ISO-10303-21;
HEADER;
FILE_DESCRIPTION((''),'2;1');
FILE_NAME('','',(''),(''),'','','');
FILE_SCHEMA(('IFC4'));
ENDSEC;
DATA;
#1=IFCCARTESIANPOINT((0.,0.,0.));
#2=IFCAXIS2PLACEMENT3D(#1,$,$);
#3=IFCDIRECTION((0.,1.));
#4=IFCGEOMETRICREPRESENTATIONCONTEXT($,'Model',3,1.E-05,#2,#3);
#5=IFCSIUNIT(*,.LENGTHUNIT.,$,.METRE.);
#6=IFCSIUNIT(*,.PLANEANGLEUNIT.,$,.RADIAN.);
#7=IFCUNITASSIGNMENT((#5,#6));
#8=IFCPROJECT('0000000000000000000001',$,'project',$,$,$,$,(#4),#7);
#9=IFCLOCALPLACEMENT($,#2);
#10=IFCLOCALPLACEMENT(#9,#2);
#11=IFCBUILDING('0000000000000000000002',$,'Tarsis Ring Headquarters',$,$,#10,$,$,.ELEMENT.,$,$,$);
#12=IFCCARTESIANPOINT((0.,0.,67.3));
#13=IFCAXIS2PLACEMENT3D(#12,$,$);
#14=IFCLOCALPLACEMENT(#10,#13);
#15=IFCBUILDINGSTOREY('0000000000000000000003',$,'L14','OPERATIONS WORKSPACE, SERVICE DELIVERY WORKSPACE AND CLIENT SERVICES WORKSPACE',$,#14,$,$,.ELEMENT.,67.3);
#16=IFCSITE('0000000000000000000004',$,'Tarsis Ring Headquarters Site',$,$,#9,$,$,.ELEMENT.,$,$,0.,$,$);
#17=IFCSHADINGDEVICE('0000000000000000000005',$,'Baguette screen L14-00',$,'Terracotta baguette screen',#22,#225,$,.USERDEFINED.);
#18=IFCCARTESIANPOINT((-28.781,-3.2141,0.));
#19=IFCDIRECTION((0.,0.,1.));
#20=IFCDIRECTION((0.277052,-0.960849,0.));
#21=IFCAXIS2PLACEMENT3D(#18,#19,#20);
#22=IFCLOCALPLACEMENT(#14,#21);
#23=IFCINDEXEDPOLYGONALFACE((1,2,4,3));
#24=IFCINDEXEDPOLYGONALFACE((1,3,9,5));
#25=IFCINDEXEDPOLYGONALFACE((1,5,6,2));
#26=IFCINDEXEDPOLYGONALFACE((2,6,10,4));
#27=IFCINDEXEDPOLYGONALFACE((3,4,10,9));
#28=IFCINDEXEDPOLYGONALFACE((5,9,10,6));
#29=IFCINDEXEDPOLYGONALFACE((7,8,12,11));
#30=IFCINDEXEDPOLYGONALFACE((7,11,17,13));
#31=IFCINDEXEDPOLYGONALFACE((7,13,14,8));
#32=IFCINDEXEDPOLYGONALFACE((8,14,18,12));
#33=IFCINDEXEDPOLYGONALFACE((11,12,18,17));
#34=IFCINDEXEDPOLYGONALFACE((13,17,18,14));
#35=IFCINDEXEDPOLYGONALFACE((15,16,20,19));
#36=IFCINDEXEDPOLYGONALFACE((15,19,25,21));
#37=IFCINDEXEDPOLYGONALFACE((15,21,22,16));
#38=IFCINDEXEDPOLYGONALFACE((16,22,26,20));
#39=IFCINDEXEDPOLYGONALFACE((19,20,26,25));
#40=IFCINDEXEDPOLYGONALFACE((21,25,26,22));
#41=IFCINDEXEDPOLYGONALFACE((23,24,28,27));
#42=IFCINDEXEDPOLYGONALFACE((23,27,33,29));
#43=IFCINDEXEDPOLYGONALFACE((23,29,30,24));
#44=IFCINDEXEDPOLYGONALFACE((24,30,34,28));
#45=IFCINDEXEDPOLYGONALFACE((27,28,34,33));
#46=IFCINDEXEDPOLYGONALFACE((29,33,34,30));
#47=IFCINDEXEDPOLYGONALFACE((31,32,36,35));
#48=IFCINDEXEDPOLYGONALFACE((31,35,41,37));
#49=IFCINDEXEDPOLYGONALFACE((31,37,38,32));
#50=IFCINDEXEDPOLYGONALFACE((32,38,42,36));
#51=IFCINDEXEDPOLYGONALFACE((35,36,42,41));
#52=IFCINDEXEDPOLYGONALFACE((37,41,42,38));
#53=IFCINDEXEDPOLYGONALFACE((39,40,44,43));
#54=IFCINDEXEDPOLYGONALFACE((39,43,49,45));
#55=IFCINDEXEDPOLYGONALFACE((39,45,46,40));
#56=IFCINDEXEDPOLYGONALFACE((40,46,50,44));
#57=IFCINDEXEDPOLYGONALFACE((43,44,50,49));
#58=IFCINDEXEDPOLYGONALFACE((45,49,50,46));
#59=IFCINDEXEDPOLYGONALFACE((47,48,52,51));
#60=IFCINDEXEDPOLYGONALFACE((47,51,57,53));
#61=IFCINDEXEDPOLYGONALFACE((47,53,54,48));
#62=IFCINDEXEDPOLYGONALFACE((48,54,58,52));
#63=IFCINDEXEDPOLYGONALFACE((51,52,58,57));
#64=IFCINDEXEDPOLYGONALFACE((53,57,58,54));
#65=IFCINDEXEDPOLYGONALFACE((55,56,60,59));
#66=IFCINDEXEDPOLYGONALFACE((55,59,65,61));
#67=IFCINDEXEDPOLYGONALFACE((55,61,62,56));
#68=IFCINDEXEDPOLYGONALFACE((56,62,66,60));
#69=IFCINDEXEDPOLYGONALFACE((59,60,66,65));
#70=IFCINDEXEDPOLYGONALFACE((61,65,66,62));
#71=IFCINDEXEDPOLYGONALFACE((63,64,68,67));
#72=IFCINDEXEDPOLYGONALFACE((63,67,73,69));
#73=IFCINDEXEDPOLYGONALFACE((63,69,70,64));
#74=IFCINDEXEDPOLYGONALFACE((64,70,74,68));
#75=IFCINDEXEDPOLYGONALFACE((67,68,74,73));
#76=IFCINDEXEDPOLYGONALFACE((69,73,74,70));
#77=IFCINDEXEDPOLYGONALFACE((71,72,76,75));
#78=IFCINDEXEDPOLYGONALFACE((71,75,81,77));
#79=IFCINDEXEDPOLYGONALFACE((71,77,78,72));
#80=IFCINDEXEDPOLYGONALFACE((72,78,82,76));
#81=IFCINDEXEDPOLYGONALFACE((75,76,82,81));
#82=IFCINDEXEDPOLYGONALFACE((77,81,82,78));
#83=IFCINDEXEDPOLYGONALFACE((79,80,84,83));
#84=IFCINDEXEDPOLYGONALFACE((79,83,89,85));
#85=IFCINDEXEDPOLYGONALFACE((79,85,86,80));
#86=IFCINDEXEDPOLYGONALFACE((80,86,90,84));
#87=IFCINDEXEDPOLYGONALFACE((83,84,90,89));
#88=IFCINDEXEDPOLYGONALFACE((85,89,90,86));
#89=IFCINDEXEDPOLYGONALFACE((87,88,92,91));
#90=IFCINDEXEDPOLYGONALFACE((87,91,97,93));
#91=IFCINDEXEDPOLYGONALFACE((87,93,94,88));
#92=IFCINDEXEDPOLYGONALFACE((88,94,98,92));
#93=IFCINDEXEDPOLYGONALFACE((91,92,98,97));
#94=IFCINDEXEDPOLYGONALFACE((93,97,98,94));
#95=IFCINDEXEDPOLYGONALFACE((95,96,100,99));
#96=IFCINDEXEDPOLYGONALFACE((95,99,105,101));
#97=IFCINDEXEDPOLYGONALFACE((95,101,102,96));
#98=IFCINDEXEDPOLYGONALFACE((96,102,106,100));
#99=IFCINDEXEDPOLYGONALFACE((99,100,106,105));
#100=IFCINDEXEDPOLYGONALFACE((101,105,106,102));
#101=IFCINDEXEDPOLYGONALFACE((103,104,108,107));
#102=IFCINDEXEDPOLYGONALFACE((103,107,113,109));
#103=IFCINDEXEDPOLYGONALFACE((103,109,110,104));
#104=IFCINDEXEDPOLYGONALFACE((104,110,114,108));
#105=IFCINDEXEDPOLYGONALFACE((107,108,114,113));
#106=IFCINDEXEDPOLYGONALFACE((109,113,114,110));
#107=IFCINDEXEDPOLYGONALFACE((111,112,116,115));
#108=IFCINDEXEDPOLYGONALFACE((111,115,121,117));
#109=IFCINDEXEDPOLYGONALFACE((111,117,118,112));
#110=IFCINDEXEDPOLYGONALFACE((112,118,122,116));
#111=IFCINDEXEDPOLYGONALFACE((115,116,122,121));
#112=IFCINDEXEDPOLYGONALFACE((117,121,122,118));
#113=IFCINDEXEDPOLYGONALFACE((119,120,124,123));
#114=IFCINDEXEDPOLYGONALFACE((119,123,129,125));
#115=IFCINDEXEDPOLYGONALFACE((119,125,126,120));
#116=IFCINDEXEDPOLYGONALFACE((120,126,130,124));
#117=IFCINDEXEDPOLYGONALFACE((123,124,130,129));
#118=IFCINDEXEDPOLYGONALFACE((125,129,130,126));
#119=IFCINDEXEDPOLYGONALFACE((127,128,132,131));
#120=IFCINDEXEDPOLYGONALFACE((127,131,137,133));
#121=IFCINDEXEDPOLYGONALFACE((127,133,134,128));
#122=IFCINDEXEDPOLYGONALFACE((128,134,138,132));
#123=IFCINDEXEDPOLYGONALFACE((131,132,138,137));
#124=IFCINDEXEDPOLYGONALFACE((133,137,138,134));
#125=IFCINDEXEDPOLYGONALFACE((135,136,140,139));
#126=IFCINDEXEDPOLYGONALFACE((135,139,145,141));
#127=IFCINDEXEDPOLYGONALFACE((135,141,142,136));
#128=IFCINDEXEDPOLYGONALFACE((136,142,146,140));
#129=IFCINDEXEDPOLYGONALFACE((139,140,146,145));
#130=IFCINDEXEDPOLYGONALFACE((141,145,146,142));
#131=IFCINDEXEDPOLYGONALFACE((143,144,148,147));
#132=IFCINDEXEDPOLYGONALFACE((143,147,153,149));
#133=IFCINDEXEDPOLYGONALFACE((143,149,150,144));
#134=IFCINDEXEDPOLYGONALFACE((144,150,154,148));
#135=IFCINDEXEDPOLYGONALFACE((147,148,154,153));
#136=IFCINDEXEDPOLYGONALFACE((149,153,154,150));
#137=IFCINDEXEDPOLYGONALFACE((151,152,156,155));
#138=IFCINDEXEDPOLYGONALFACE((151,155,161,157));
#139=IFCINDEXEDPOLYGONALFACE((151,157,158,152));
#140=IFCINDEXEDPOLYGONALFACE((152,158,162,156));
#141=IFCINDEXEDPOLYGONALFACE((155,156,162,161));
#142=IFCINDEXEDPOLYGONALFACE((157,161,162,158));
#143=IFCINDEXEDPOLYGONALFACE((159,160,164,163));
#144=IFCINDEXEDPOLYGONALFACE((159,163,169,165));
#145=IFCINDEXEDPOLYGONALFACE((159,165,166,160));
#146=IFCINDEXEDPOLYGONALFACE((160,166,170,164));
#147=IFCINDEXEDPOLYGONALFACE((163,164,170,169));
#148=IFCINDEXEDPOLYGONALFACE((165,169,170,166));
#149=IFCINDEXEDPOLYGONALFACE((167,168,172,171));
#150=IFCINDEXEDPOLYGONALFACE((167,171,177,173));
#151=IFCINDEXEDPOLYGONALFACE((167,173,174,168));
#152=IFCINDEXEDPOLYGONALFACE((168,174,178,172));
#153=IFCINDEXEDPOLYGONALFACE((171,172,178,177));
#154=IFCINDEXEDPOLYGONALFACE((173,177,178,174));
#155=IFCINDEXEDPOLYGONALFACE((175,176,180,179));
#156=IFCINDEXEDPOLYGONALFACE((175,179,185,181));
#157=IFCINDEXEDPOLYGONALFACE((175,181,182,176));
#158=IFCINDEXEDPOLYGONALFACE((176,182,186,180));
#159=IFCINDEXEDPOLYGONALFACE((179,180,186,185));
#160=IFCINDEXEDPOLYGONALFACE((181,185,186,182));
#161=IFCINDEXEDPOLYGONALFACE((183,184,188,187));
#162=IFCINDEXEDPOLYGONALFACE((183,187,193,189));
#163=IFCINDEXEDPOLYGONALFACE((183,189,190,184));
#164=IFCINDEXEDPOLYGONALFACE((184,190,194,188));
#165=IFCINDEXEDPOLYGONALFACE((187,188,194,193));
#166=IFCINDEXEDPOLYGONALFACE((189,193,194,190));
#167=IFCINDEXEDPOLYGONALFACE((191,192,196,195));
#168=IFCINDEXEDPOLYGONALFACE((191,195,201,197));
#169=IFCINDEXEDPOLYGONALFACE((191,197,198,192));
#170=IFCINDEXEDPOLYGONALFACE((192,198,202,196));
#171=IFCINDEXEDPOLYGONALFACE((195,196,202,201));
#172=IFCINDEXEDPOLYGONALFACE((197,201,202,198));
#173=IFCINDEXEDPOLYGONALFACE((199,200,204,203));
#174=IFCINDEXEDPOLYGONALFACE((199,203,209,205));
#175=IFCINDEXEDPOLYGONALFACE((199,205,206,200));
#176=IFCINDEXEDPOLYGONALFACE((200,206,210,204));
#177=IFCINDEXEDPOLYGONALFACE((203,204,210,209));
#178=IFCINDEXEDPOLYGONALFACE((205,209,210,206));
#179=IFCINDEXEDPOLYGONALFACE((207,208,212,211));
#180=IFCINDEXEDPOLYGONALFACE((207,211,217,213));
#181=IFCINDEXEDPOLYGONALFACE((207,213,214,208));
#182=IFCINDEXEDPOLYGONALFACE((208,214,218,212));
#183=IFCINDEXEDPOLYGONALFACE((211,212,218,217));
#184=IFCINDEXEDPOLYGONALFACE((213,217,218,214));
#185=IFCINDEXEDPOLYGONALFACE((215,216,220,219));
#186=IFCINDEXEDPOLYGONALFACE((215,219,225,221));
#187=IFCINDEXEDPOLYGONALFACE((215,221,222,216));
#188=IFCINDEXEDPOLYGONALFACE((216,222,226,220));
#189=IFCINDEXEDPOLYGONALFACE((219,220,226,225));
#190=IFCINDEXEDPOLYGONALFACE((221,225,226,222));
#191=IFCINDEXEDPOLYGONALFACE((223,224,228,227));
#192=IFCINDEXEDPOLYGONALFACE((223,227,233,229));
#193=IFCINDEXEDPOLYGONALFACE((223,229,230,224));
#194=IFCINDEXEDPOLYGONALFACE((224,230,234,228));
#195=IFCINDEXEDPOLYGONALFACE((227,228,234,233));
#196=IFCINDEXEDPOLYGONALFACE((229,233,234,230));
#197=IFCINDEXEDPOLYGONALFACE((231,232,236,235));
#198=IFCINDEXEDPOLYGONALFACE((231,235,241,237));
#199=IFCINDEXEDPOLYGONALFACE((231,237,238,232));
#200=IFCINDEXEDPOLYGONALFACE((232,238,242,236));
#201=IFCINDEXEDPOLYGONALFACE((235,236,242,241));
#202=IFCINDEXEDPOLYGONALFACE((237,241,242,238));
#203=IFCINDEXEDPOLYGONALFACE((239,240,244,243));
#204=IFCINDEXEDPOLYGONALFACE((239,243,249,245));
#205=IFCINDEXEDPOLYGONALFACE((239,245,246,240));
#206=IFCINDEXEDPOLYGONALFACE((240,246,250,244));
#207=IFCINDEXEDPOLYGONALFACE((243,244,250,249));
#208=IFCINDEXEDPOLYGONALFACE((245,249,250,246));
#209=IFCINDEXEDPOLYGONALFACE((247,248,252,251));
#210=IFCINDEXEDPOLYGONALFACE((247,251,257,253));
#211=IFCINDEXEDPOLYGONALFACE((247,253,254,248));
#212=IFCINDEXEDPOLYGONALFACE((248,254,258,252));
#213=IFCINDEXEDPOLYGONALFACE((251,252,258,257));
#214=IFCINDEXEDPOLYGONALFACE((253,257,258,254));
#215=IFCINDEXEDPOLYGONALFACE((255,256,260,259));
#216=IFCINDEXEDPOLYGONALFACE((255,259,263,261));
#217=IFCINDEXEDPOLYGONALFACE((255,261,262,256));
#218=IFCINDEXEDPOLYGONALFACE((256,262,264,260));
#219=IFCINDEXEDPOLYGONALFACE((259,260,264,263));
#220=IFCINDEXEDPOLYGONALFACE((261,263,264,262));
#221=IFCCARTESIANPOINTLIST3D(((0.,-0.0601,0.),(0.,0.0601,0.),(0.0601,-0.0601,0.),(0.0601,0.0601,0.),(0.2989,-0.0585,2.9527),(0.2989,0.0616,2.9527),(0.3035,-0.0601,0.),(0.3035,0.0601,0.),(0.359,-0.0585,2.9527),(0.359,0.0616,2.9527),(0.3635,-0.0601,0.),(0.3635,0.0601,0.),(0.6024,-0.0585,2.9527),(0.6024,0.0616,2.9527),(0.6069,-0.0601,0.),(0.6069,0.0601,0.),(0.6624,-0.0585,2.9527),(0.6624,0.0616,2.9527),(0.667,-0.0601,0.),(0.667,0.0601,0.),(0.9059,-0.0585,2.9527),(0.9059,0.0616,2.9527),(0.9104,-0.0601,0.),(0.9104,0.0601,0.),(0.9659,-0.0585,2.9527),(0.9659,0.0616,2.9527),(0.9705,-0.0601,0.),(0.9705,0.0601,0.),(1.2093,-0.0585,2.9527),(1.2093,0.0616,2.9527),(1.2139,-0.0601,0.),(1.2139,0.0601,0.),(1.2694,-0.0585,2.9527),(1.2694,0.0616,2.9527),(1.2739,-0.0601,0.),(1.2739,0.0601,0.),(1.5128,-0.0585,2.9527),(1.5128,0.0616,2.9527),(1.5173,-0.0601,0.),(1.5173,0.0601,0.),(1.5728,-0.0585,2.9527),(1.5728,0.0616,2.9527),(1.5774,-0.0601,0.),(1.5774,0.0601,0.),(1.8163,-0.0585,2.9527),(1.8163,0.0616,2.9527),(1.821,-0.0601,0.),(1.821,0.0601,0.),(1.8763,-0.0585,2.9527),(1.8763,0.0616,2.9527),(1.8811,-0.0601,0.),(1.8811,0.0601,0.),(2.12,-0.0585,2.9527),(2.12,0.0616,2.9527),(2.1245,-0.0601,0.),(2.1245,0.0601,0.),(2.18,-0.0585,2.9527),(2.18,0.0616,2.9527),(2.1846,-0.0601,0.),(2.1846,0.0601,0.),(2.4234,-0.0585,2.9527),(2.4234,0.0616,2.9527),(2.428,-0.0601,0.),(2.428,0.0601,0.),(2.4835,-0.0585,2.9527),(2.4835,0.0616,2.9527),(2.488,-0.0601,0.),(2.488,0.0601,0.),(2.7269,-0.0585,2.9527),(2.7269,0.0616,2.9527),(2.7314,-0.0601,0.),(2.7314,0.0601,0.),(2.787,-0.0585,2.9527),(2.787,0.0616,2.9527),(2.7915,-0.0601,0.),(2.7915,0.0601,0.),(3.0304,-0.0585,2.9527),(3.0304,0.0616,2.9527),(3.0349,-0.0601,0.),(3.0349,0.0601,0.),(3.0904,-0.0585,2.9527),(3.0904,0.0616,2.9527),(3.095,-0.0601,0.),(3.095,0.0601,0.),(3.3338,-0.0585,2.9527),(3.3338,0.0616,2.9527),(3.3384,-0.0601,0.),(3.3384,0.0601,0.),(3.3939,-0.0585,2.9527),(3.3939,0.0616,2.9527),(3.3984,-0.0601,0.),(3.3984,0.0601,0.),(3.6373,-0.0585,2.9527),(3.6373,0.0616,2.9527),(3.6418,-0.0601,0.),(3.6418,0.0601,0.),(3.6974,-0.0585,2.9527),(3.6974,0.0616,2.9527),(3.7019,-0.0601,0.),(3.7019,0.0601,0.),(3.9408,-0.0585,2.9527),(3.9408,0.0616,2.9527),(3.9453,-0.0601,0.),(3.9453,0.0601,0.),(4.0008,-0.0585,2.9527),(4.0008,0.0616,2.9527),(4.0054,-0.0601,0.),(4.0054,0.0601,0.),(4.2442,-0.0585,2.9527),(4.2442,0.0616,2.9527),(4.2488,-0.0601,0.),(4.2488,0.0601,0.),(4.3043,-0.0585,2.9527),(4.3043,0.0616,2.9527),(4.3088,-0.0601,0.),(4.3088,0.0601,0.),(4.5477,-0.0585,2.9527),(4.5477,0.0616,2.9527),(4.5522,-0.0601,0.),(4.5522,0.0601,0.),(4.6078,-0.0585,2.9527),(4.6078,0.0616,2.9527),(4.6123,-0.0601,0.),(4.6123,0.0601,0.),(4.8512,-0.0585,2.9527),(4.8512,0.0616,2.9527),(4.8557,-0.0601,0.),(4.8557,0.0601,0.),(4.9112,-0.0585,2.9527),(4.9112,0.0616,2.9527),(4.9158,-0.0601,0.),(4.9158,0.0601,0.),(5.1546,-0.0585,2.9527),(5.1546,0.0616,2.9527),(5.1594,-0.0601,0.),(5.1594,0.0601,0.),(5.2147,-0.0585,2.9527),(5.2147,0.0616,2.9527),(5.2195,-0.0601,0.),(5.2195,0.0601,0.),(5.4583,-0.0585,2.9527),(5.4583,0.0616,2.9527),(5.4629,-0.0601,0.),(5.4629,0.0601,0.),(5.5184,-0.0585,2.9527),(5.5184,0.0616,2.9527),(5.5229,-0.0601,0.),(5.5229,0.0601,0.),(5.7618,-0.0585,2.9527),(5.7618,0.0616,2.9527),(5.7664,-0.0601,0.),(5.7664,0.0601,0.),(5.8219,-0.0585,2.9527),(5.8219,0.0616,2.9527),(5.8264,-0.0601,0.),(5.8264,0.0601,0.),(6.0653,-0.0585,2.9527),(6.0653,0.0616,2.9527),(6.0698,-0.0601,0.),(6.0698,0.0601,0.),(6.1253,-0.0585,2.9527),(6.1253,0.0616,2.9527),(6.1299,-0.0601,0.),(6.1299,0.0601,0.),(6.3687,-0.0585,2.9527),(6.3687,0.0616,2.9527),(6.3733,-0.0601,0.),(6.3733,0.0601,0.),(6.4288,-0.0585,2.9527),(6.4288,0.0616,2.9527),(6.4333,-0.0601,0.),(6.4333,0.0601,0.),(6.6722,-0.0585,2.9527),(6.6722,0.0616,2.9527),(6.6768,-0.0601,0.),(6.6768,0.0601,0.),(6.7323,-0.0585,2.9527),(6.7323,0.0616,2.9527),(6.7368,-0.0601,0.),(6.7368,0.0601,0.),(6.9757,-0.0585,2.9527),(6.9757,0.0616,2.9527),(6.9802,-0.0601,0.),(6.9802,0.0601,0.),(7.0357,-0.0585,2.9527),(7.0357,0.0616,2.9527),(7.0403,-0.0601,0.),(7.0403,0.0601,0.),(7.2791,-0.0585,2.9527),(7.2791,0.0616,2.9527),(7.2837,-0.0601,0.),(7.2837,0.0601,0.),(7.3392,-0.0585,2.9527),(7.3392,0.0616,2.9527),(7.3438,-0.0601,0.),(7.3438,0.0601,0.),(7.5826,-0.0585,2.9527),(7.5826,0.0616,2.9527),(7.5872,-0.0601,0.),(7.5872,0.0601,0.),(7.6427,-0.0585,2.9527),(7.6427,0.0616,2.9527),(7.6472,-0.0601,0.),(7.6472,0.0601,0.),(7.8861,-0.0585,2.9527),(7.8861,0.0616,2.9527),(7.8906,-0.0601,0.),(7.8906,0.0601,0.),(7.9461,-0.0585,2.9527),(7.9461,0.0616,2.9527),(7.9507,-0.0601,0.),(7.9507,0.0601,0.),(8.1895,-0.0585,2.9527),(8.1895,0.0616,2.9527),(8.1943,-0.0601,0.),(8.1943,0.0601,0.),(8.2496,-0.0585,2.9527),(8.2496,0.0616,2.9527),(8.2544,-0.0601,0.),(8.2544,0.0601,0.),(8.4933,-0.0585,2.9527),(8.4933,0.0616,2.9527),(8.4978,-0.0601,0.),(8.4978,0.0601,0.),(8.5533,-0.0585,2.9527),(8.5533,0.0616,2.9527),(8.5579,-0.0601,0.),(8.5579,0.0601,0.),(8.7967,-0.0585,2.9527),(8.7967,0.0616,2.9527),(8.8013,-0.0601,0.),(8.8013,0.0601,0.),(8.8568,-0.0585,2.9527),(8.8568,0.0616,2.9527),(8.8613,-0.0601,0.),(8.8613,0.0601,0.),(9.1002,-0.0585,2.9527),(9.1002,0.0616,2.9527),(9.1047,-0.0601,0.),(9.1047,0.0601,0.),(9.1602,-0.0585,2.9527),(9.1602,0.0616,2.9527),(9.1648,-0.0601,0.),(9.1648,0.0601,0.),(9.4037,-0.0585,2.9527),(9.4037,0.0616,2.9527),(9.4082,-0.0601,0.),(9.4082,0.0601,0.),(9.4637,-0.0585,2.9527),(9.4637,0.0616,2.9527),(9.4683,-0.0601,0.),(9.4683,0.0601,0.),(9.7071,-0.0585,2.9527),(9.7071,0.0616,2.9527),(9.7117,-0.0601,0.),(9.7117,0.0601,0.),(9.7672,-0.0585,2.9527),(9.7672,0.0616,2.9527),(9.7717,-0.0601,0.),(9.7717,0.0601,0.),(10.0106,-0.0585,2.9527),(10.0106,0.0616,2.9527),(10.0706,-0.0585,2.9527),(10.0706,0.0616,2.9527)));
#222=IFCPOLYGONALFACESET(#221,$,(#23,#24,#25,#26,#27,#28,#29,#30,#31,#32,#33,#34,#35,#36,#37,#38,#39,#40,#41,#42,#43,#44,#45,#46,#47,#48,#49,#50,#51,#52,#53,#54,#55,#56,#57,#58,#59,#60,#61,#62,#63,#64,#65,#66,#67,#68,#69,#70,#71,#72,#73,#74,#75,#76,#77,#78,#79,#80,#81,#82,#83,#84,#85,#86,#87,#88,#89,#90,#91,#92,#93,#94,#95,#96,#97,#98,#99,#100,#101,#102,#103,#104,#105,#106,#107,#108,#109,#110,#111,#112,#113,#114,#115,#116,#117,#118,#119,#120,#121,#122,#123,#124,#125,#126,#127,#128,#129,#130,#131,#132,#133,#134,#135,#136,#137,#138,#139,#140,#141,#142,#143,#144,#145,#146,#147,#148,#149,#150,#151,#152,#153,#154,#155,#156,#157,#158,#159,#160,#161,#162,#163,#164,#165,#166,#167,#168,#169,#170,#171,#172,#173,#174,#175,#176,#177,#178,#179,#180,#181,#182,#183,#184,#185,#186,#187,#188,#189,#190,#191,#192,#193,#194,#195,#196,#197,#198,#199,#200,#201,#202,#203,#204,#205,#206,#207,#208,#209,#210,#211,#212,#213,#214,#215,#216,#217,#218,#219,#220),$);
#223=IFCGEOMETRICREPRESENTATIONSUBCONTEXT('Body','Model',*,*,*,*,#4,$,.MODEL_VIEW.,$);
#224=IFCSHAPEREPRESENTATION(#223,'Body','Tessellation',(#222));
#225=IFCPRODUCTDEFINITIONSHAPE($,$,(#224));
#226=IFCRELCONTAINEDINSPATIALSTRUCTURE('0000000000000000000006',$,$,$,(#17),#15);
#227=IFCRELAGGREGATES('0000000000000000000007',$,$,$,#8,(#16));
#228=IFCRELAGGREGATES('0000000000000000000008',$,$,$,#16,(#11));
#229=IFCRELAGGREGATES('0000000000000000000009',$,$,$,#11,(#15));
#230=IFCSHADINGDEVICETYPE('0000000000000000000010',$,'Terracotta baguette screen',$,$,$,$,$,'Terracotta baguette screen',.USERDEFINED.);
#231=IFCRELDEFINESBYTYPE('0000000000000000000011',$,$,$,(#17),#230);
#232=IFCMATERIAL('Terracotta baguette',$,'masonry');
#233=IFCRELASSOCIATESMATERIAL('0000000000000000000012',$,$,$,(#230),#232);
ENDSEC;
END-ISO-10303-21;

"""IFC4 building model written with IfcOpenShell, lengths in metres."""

from ifc_helpers import new_model, si_unit, direction, frame, frame_2d, origin, place, context, subcontext, project, spatial, rectangle, composite_profile, extrude, material, type_object, element, save


model = new_model("IFC4")

# Units and contexts
model_context = context("Model", 3, precision=1e-05, world=origin(), true_north=direction((0.0, 1.0)))
body_context = subcontext(model_context, "Body", "Model", "MODEL_VIEW")
ifc_project = project(units=[si_unit("LENGTHUNIT", "METRE"), si_unit("PLANEANGLEUNIT", "RADIAN")], contexts=[model_context])

# Site, building, storey
site_placement = place(None, origin())
site = spatial("IfcSite", under=ifc_project, at=site_placement, Name="Tarsis Ring Headquarters Site", CompositionType="ELEMENT", RefElevation=0.0)
building_placement = place(site_placement, origin())
building = spatial("IfcBuilding", under=site, at=building_placement, Name="Tarsis Ring Headquarters", CompositionType="ELEMENT")
storey_placement = place(building_placement, frame((0.0, 0.0, 67.3)))
storey = spatial("IfcBuildingStorey", under=building, at=storey_placement, Name="L14", Description="OPERATIONS WORKSPACE, SERVICE DELIVERY WORKSPACE AND CLIENT SERVICES WORKSPACE", CompositionType="ELEMENT", Elevation=67.3)

# Shading device
ifc_material_1 = material(Name="Terracotta baguette", Category="masonry")
shading_device_type = type_object("IfcShadingDeviceType", Name="Terracotta baguette screen", ElementType="Terracotta baguette screen", PredefinedType="USERDEFINED", material=ifc_material_1)
shading_device_1_placement = place(storey_placement, frame((-28.781, -3.2141, 0.0), z_axis=(0.0, 0.0, 1.0), x_axis=(0.277052, -0.960849, 0.0)))
element("IfcShadingDevice", 1, at=shading_device_1_placement, inside=storey, type_object=shading_device_type, Name="Baguette screen L14-00", ObjectType="Terracotta baguette screen", PredefinedType="USERDEFINED", context=body_context, shape_type="SweptSolid", body=[
    extrude(composite_profile([rectangle(XDim=0.0601, YDim=0.1201, at=frame_2d((0.03, 0.0))), rectangle(XDim=0.0601, YDim=0.1201, at=frame_2d((0.3335, 0.0))), rectangle(XDim=0.0601, YDim=0.1201, at=frame_2d((0.637, 0.0))), rectangle(XDim=0.0601, YDim=0.1201, at=frame_2d((0.9404, 0.0))), rectangle(XDim=0.0601, YDim=0.1201, at=frame_2d((1.2439, 0.0))), rectangle(XDim=0.0601, YDim=0.1201, at=frame_2d((1.5474, 0.0))), rectangle(XDim=0.0601, YDim=0.1201, at=frame_2d((1.8511, 0.0))), rectangle(XDim=0.0601, YDim=0.1201, at=frame_2d((2.1545, 0.0))), rectangle(XDim=0.0601, YDim=0.1201, at=frame_2d((2.458, 0.0))), rectangle(XDim=0.0601, YDim=0.1201, at=frame_2d((2.7615, 0.0))), rectangle(XDim=0.0601, YDim=0.1201, at=frame_2d((3.0649, 0.0))), rectangle(XDim=0.0601, YDim=0.1201, at=frame_2d((3.3684, 0.0))), rectangle(XDim=0.0601, YDim=0.1201, at=frame_2d((3.6719, 0.0))), rectangle(XDim=0.0601, YDim=0.1201, at=frame_2d((3.9753, 0.0))), rectangle(XDim=0.0601, YDim=0.1201, at=frame_2d((4.2788, 0.0))), rectangle(XDim=0.0601, YDim=0.1201, at=frame_2d((4.5823, 0.0))), rectangle(XDim=0.0601, YDim=0.1201, at=frame_2d((4.8857, 0.0))), rectangle(XDim=0.0601, YDim=0.1201, at=frame_2d((5.1895, 0.0))), rectangle(XDim=0.0601, YDim=0.1201, at=frame_2d((5.4929, 0.0))), rectangle(XDim=0.0601, YDim=0.1201, at=frame_2d((5.7964, 0.0))), rectangle(XDim=0.0601, YDim=0.1201, at=frame_2d((6.0999, 0.0))), rectangle(XDim=0.0601, YDim=0.1201, at=frame_2d((6.4033, 0.0))), rectangle(XDim=0.0601, YDim=0.1201, at=frame_2d((6.7068, 0.0))), rectangle(XDim=0.0601, YDim=0.1201, at=frame_2d((7.0103, 0.0))), rectangle(XDim=0.0601, YDim=0.1201, at=frame_2d((7.3137, 0.0))), rectangle(XDim=0.0601, YDim=0.1201, at=frame_2d((7.6172, 0.0))), rectangle(XDim=0.0601, YDim=0.1201, at=frame_2d((7.9207, 0.0))), rectangle(XDim=0.0601, YDim=0.1201, at=frame_2d((8.2244, 0.0))), rectangle(XDim=0.0601, YDim=0.1201, at=frame_2d((8.5278, 0.0))), rectangle(XDim=0.0601, YDim=0.1201, at=frame_2d((8.8313, 0.0))), rectangle(XDim=0.0601, YDim=0.1201, at=frame_2d((9.1348, 0.0))), rectangle(XDim=0.0601, YDim=0.1201, at=frame_2d((9.4382, 0.0))), rectangle(XDim=0.0601, YDim=0.1201, at=frame_2d((9.7417, 0.0)))]), origin(), (0.100721, 0.000528, 0.994915), 2.9678),
])

save(model, "model.ifc")
